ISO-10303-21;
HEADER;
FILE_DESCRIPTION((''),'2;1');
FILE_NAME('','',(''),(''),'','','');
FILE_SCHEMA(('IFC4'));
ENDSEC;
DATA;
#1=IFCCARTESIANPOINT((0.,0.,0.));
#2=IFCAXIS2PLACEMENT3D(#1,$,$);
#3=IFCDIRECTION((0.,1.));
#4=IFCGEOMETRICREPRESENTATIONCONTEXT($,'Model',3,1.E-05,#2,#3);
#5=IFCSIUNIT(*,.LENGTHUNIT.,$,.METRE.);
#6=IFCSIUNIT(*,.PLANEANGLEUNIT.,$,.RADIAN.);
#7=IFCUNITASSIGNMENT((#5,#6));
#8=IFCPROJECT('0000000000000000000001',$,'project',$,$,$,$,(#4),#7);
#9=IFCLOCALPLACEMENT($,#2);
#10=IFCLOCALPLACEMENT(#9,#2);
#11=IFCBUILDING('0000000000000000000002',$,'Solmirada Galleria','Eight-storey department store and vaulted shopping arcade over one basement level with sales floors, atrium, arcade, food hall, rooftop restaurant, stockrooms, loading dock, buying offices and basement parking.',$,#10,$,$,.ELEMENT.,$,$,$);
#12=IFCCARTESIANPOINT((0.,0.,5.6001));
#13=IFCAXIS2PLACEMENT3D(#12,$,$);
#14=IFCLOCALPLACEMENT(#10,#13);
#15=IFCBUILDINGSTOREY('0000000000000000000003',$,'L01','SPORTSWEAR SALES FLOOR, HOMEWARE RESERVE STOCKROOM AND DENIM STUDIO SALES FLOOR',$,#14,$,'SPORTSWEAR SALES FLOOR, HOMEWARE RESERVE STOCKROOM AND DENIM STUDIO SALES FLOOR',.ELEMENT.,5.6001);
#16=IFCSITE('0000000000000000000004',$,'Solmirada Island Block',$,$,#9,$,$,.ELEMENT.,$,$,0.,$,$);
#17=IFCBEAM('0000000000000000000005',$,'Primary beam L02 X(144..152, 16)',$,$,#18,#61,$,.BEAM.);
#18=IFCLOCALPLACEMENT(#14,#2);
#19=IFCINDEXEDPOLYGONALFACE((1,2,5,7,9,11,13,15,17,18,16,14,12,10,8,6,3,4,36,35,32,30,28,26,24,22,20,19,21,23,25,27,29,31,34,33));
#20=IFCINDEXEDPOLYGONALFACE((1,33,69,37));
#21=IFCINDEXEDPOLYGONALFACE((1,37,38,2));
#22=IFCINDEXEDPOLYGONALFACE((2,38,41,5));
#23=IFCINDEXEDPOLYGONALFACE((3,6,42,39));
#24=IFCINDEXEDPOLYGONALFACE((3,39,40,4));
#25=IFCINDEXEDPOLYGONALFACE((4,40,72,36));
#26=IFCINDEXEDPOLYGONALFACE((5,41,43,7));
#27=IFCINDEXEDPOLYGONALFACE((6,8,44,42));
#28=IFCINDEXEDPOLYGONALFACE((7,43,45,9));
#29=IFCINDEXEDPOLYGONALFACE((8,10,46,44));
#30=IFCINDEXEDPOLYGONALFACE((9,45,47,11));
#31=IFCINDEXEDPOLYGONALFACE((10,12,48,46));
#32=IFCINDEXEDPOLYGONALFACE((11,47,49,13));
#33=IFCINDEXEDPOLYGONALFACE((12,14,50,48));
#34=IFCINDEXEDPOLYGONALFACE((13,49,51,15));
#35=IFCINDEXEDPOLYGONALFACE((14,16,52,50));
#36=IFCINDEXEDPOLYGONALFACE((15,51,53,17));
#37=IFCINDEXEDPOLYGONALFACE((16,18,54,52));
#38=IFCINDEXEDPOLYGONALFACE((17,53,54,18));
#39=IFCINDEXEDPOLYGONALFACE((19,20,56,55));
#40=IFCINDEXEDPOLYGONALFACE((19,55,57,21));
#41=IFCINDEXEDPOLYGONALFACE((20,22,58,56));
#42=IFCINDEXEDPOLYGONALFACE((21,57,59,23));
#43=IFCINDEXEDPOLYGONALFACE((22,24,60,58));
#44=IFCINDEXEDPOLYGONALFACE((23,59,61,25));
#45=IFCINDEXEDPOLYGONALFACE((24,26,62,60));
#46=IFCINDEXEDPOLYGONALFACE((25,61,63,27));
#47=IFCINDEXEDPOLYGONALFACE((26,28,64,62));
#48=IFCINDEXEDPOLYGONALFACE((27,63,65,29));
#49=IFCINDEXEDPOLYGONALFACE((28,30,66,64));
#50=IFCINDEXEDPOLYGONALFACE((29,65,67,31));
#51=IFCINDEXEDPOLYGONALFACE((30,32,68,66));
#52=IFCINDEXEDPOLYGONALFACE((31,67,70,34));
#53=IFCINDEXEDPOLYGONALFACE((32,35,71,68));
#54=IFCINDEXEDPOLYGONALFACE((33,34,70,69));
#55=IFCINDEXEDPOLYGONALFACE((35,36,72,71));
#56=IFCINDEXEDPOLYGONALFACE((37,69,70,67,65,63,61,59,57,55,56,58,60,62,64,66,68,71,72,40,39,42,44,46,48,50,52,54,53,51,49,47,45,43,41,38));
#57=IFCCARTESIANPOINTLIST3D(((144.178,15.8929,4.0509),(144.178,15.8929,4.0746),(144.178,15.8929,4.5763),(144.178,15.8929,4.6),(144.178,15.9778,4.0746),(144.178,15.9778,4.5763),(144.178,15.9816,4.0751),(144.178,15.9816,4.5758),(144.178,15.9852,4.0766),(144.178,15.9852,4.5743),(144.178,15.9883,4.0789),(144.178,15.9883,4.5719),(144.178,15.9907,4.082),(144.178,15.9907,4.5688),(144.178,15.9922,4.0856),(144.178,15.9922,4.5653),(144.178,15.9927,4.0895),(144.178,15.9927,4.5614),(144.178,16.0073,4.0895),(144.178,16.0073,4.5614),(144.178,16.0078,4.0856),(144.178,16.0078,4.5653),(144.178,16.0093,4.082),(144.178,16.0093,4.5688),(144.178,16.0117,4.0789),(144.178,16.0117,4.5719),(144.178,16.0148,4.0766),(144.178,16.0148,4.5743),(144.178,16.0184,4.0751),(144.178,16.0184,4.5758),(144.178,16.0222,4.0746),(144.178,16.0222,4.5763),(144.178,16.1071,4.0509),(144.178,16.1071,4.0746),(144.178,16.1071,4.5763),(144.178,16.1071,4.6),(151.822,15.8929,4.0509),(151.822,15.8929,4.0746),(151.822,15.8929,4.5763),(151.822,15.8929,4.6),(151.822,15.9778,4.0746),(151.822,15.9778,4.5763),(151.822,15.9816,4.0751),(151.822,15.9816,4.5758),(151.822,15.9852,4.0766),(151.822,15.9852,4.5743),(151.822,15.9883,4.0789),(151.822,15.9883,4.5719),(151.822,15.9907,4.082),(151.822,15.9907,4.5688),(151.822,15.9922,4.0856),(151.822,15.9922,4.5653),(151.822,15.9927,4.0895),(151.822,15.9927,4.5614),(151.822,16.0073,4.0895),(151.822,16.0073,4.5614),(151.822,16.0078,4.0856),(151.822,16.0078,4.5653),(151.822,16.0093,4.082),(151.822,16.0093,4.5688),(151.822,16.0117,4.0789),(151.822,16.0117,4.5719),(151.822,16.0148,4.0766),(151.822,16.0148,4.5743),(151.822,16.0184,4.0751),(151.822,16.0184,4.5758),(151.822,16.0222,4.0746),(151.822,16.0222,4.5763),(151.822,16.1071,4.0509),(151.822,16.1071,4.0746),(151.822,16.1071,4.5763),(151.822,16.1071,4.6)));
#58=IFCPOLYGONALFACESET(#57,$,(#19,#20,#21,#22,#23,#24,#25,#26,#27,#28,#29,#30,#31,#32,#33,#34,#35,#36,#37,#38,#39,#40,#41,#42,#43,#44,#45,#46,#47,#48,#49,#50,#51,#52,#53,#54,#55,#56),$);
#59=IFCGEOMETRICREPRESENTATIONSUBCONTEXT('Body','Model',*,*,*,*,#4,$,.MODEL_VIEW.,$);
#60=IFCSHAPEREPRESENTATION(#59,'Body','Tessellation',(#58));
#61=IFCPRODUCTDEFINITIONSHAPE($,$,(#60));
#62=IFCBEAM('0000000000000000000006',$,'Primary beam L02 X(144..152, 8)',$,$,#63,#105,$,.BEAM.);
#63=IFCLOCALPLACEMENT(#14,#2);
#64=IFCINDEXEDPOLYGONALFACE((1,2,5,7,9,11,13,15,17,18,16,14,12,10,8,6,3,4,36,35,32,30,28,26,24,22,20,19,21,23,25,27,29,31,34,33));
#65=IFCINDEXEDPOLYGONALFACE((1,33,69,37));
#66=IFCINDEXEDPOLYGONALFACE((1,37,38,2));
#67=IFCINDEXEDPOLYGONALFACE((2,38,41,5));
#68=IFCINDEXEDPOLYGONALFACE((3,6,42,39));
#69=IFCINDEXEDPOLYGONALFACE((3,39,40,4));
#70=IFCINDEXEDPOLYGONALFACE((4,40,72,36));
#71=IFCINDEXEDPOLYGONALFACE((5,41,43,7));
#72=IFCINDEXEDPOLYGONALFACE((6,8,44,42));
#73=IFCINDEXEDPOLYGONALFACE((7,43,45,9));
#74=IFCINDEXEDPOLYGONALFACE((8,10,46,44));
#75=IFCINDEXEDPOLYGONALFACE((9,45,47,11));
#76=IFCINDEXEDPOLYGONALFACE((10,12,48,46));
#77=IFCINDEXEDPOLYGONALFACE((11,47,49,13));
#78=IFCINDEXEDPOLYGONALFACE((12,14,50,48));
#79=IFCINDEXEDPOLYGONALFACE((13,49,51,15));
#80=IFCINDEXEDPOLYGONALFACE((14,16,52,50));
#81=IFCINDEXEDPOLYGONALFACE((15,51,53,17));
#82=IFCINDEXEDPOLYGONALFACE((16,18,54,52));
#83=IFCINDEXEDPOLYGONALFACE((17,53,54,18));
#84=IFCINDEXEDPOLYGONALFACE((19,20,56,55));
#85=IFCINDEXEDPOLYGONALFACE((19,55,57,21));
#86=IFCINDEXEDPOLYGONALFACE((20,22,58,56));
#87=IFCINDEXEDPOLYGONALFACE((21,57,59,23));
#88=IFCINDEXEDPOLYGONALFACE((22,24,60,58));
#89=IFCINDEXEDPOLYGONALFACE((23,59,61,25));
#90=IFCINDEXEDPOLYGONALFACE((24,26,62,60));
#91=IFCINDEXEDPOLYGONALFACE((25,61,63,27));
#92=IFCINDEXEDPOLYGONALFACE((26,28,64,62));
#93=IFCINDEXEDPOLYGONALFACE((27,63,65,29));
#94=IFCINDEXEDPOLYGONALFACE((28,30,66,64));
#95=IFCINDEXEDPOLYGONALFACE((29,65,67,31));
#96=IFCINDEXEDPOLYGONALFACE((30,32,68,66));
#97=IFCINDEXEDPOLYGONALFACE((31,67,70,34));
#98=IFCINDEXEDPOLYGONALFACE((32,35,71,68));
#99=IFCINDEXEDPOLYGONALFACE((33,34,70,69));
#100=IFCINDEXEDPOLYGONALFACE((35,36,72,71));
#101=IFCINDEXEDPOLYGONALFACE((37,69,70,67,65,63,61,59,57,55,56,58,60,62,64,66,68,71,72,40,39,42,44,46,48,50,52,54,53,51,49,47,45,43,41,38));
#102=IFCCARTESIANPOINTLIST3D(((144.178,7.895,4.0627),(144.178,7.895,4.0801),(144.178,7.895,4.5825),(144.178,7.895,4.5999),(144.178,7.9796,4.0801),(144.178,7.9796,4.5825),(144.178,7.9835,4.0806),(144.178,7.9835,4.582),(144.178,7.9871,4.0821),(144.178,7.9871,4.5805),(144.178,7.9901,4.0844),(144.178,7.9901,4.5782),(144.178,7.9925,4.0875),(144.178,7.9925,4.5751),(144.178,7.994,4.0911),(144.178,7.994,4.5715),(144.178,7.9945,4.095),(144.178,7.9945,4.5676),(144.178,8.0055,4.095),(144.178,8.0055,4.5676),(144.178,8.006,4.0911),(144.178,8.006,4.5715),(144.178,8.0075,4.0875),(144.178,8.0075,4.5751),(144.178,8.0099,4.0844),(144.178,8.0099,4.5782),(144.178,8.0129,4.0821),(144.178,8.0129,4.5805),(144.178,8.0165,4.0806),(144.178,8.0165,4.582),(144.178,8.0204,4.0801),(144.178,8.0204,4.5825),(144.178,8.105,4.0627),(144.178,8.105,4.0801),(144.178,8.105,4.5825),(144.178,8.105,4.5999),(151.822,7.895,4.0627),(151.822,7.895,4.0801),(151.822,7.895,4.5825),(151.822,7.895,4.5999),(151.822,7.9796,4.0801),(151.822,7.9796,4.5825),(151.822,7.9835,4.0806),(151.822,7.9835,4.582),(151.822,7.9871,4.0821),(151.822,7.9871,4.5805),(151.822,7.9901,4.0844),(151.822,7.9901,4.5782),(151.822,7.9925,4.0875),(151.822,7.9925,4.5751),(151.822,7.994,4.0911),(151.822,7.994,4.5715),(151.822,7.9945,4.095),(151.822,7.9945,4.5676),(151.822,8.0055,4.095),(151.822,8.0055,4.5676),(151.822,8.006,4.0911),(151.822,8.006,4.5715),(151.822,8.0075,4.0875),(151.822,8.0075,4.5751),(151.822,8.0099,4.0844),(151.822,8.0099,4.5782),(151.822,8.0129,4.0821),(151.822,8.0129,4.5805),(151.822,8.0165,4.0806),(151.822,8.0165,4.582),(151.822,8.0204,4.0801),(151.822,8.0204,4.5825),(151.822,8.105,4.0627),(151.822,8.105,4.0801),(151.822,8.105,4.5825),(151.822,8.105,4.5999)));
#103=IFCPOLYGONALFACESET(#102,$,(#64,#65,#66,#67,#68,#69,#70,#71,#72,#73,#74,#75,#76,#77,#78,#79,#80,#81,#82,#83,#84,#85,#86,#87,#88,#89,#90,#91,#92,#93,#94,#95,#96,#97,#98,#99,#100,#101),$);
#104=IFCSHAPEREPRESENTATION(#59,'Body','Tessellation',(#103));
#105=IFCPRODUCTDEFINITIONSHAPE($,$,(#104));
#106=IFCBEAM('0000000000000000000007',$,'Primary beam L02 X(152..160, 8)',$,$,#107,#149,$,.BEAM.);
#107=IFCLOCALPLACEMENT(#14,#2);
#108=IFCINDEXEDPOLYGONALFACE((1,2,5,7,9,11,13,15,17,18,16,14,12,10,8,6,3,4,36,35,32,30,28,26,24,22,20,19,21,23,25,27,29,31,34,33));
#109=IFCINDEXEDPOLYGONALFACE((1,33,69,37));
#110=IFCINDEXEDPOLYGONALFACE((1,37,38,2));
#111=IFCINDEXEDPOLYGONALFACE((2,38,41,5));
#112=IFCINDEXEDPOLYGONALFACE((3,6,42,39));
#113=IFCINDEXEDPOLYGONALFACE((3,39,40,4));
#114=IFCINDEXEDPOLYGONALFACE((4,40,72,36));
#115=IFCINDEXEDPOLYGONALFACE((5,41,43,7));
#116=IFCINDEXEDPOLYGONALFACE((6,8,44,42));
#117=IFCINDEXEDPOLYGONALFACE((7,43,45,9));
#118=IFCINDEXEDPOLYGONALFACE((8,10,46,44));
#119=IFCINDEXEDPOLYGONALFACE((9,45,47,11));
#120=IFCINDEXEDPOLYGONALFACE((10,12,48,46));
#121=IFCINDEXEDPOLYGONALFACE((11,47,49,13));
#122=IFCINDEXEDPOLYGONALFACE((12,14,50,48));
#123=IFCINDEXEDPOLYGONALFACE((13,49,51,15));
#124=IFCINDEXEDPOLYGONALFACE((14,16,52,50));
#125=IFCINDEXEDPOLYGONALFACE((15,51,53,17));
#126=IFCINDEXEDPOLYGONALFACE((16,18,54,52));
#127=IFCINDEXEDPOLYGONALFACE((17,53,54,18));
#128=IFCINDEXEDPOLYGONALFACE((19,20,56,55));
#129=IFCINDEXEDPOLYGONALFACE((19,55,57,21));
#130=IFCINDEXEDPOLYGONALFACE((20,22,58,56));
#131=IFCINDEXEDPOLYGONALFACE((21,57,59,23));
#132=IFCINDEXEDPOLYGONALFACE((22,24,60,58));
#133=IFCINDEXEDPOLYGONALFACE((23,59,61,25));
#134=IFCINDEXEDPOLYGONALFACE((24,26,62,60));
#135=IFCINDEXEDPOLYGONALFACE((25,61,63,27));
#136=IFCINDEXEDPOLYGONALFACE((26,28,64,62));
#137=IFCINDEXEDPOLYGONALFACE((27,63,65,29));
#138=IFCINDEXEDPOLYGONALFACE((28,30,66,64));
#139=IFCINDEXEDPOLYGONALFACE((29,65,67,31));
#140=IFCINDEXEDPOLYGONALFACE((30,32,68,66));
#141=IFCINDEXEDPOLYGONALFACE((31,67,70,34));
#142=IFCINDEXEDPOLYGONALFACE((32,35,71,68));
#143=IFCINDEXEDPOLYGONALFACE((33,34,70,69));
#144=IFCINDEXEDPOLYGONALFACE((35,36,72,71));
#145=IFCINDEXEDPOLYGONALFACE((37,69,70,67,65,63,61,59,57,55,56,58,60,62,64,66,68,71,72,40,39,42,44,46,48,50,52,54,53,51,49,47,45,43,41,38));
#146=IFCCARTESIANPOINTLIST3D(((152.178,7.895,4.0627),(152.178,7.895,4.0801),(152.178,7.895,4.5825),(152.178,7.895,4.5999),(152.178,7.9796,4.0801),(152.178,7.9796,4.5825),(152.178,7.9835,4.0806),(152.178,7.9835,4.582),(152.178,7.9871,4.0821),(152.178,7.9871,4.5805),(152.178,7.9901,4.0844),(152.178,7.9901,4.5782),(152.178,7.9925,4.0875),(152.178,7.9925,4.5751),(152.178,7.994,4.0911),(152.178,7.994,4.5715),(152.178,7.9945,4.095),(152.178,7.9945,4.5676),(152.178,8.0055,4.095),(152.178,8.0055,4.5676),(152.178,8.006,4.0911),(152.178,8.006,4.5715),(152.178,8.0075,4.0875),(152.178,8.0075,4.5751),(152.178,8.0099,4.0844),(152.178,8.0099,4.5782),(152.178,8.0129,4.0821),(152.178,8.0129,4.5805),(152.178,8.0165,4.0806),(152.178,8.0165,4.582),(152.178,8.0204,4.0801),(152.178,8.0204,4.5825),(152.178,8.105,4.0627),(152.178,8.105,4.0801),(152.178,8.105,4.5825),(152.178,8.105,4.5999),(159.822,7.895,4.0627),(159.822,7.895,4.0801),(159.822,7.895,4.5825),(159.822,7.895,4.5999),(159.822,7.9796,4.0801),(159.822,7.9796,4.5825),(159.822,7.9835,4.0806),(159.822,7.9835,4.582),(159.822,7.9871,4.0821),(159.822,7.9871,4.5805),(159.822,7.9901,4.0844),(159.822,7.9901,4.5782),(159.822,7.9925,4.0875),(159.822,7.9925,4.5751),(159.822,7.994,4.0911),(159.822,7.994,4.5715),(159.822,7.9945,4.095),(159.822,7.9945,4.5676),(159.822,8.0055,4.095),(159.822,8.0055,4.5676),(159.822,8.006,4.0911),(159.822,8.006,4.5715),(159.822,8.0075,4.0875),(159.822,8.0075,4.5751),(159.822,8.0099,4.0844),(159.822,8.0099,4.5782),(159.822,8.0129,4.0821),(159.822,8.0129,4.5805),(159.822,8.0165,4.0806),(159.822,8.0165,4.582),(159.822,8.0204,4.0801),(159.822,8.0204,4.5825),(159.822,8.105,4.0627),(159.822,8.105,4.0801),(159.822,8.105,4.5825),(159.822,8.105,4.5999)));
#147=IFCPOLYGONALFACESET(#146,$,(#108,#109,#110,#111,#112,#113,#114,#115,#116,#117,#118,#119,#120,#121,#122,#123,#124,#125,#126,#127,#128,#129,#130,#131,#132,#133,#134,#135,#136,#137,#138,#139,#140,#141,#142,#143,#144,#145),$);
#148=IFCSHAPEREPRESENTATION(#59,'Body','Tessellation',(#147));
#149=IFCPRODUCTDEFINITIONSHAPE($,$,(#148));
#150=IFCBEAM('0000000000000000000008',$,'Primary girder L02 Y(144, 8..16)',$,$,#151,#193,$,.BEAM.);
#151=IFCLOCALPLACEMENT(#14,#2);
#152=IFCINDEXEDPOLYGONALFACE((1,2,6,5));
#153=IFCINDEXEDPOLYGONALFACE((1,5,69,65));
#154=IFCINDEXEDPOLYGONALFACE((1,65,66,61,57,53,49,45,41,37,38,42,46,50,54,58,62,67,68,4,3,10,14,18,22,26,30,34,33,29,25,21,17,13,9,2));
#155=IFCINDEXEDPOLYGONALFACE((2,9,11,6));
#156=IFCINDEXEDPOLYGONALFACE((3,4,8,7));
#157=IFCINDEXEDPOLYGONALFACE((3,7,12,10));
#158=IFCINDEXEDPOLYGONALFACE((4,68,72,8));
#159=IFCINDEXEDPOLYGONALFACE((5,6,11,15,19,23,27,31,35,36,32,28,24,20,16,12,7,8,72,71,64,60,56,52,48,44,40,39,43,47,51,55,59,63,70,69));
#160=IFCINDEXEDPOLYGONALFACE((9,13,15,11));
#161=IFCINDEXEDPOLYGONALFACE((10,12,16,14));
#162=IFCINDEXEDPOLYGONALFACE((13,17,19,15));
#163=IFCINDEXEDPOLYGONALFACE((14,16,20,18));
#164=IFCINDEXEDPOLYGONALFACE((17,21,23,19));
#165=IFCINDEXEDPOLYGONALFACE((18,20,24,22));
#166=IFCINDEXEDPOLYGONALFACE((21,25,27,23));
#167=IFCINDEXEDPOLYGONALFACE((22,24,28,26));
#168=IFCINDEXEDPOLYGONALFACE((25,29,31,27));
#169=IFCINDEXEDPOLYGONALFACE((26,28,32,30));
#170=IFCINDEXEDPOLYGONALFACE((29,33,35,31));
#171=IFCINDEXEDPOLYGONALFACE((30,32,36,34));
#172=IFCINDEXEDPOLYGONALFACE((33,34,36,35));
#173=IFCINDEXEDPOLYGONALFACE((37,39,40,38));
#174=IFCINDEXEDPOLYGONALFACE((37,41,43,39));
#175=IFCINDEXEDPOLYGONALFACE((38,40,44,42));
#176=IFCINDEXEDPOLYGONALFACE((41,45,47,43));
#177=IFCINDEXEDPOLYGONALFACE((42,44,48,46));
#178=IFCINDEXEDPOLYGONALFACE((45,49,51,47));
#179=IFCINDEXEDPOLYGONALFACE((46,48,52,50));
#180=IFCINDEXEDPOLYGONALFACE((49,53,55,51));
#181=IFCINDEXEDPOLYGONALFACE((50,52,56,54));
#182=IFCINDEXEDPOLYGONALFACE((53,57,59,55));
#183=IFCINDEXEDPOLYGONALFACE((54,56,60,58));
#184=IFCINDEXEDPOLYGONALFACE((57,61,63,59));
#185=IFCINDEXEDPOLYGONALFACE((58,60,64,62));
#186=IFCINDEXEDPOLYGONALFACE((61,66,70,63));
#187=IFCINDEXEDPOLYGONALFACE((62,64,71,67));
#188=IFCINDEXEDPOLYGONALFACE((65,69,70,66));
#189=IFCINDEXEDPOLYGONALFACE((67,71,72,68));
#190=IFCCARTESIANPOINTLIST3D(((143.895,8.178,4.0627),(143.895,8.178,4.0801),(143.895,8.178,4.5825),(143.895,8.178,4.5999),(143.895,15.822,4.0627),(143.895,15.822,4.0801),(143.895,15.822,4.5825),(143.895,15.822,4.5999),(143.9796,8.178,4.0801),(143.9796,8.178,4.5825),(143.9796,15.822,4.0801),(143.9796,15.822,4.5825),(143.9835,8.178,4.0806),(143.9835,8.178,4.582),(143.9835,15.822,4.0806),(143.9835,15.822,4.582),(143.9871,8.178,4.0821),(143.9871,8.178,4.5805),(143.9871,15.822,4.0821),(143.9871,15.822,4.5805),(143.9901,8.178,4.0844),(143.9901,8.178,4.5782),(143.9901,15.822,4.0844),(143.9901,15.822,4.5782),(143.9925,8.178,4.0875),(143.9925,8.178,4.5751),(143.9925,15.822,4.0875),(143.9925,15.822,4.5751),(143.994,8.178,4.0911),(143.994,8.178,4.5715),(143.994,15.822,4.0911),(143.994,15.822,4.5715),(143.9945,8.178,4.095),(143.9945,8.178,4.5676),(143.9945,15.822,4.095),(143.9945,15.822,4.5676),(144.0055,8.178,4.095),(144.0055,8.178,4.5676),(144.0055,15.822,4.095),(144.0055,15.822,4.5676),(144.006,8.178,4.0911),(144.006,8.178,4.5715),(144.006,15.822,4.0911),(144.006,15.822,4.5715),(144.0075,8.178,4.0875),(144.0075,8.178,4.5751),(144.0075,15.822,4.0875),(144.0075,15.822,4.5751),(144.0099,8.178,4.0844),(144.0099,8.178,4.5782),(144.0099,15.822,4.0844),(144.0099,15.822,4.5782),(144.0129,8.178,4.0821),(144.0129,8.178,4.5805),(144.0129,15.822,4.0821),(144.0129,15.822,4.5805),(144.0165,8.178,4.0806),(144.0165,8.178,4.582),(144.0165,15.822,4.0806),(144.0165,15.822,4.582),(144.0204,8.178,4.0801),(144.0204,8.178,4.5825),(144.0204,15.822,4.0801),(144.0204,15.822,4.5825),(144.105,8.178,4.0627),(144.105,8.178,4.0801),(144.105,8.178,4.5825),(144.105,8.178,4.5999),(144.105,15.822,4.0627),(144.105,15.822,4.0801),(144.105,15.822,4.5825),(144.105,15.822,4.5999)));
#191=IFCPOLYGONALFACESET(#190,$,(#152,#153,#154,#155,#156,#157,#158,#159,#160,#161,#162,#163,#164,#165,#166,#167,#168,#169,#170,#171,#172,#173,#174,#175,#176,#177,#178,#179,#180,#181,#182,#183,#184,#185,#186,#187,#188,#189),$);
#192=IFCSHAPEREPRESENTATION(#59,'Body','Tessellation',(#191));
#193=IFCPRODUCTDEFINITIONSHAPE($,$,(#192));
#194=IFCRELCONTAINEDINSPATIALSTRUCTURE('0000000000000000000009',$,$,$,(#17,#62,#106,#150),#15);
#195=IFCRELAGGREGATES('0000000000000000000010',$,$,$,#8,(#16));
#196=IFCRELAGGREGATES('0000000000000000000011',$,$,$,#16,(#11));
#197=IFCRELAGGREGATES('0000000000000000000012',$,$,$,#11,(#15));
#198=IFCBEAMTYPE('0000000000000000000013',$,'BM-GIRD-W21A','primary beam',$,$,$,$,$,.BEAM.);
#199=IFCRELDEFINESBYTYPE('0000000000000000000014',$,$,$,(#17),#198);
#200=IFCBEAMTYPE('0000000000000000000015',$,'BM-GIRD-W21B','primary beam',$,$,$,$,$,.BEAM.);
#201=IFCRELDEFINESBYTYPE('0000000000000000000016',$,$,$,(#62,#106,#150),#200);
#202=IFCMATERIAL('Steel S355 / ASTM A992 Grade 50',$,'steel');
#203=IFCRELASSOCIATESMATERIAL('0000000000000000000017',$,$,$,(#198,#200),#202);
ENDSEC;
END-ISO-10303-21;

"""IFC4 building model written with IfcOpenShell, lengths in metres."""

from ifc_helpers import new_model, si_unit, direction, frame, origin, origin_2d, place, context, subcontext, project, spatial, i_section, extrude, material, material_profile, profile_set, type_object, element, save


model = new_model("IFC4")

# Units and contexts
model_context = context("Model", 3, precision=1e-05, world=origin(), true_north=direction((0.0, 1.0)))
body_context = subcontext(model_context, "Body", "Model", "MODEL_VIEW")
ifc_project = project(units=[si_unit("LENGTHUNIT", "METRE"), si_unit("PLANEANGLEUNIT", "RADIAN")], contexts=[model_context])

# Site, building, storey
site_placement = place(None, origin())
site = spatial("IfcSite", under=ifc_project, at=site_placement, Name="Solmirada Island Block", CompositionType="ELEMENT", RefElevation=0.0)
building_placement = place(site_placement, origin())
building = spatial("IfcBuilding", under=site, at=building_placement, Name="Solmirada Galleria", Description="Eight-storey department store and vaulted shopping arcade over one basement level with sales floors, atrium, arcade, food hall, rooftop restaurant, stockrooms, loading dock, buying offices and basement parking.", CompositionType="ELEMENT")
storey_placement = place(building_placement, frame((0.0, 0.0, 5.6001)))
storey = spatial("IfcBuildingStorey", under=building, at=storey_placement, Name="L01", Description="SPORTSWEAR SALES FLOOR, HOMEWARE RESERVE STOCKROOM AND DENIM STUDIO SALES FLOOR", LongName="SPORTSWEAR SALES FLOOR, HOMEWARE RESERVE STOCKROOM AND DENIM STUDIO SALES FLOOR", CompositionType="ELEMENT", Elevation=5.6001)

# Beams
ifc_material_1 = material(Name="Steel S355 / ASTM A992 Grade 50", Category="steel")
ifc_material_profile_1 = material_profile(ifc_material_1, i_section(OverallWidth=0.2141, OverallDepth=0.5491, WebThickness=0.0146, FlangeThickness=0.0237, FilletRadius=0.0149, at=origin_2d()), Name="W21X93")
ifc_profile_set_1 = profile_set([ifc_material_profile_1], Name="Steel S355 / ASTM A992 Grade 50")
beam_type_1 = type_object("IfcBeamType", Name="BM-GIRD-W21A", Description="primary beam", PredefinedType="BEAM", material=ifc_profile_set_1)
beam_placement = place(storey_placement, frame((144.178, 16.0, 4.3254), z_axis=(1.0, 0.0, 0.0), x_axis=(0.0, 1.0, 0.0)))
element("IfcBeam", 1, at=beam_placement, inside=storey, type_object=beam_type_1, Name="Primary beam L02 X(144..152, 16)", PredefinedType="BEAM", context=body_context, shape_type="SweptSolid", body=[
    extrude(i_section(OverallWidth=0.2141, OverallDepth=0.5491, WebThickness=0.0146, FlangeThickness=0.0237, FilletRadius=0.0149, at=origin_2d()), origin(), (0.0, 0.0, 1.0), 7.644),
])
ifc_material_profile_2 = material_profile(ifc_material_1, i_section(OverallWidth=0.21, OverallDepth=0.5371, WebThickness=0.011, FlangeThickness=0.0173, FilletRadius=0.0149, at=origin_2d()), Name="W21X68")
ifc_profile_set_2 = profile_set([ifc_material_profile_2], Name="Steel S355 / ASTM A992 Grade 50")
beam_type_2 = type_object("IfcBeamType", Name="BM-GIRD-W21B", Description="primary beam", PredefinedType="BEAM", material=ifc_profile_set_2)
for number, where, z_axis, x_axis, name in (
    (2, (144.178, 8.0, 4.3313), (1.0, 0.0, 0.0), (0.0, 1.0, 0.0), "Primary beam L02 X(144..152, 8)"),
    (3, (152.178, 8.0, 4.3313), (1.0, 0.0, 0.0), (0.0, 1.0, 0.0), "Primary beam L02 X(152..160, 8)"),
    (4, (144.0, 8.178, 4.3313), (0.0, 1.0, 0.0), (-1.0, 0.0, 0.0), "Primary girder L02 Y(144, 8..16)"),
):
    element("IfcBeam", number, at=place(storey_placement, frame(where, z_axis=z_axis, x_axis=x_axis)), inside=storey, type_object=beam_type_2, Name=name, PredefinedType="BEAM", context=body_context, shape_type="SweptSolid", body=[
        extrude(i_section(OverallWidth=0.21, OverallDepth=0.5371, WebThickness=0.011, FlangeThickness=0.0173, FilletRadius=0.0149, at=origin_2d()), origin(), (0.0, 0.0, 1.0), 7.644),
    ])

save(model, "model.ifc")
